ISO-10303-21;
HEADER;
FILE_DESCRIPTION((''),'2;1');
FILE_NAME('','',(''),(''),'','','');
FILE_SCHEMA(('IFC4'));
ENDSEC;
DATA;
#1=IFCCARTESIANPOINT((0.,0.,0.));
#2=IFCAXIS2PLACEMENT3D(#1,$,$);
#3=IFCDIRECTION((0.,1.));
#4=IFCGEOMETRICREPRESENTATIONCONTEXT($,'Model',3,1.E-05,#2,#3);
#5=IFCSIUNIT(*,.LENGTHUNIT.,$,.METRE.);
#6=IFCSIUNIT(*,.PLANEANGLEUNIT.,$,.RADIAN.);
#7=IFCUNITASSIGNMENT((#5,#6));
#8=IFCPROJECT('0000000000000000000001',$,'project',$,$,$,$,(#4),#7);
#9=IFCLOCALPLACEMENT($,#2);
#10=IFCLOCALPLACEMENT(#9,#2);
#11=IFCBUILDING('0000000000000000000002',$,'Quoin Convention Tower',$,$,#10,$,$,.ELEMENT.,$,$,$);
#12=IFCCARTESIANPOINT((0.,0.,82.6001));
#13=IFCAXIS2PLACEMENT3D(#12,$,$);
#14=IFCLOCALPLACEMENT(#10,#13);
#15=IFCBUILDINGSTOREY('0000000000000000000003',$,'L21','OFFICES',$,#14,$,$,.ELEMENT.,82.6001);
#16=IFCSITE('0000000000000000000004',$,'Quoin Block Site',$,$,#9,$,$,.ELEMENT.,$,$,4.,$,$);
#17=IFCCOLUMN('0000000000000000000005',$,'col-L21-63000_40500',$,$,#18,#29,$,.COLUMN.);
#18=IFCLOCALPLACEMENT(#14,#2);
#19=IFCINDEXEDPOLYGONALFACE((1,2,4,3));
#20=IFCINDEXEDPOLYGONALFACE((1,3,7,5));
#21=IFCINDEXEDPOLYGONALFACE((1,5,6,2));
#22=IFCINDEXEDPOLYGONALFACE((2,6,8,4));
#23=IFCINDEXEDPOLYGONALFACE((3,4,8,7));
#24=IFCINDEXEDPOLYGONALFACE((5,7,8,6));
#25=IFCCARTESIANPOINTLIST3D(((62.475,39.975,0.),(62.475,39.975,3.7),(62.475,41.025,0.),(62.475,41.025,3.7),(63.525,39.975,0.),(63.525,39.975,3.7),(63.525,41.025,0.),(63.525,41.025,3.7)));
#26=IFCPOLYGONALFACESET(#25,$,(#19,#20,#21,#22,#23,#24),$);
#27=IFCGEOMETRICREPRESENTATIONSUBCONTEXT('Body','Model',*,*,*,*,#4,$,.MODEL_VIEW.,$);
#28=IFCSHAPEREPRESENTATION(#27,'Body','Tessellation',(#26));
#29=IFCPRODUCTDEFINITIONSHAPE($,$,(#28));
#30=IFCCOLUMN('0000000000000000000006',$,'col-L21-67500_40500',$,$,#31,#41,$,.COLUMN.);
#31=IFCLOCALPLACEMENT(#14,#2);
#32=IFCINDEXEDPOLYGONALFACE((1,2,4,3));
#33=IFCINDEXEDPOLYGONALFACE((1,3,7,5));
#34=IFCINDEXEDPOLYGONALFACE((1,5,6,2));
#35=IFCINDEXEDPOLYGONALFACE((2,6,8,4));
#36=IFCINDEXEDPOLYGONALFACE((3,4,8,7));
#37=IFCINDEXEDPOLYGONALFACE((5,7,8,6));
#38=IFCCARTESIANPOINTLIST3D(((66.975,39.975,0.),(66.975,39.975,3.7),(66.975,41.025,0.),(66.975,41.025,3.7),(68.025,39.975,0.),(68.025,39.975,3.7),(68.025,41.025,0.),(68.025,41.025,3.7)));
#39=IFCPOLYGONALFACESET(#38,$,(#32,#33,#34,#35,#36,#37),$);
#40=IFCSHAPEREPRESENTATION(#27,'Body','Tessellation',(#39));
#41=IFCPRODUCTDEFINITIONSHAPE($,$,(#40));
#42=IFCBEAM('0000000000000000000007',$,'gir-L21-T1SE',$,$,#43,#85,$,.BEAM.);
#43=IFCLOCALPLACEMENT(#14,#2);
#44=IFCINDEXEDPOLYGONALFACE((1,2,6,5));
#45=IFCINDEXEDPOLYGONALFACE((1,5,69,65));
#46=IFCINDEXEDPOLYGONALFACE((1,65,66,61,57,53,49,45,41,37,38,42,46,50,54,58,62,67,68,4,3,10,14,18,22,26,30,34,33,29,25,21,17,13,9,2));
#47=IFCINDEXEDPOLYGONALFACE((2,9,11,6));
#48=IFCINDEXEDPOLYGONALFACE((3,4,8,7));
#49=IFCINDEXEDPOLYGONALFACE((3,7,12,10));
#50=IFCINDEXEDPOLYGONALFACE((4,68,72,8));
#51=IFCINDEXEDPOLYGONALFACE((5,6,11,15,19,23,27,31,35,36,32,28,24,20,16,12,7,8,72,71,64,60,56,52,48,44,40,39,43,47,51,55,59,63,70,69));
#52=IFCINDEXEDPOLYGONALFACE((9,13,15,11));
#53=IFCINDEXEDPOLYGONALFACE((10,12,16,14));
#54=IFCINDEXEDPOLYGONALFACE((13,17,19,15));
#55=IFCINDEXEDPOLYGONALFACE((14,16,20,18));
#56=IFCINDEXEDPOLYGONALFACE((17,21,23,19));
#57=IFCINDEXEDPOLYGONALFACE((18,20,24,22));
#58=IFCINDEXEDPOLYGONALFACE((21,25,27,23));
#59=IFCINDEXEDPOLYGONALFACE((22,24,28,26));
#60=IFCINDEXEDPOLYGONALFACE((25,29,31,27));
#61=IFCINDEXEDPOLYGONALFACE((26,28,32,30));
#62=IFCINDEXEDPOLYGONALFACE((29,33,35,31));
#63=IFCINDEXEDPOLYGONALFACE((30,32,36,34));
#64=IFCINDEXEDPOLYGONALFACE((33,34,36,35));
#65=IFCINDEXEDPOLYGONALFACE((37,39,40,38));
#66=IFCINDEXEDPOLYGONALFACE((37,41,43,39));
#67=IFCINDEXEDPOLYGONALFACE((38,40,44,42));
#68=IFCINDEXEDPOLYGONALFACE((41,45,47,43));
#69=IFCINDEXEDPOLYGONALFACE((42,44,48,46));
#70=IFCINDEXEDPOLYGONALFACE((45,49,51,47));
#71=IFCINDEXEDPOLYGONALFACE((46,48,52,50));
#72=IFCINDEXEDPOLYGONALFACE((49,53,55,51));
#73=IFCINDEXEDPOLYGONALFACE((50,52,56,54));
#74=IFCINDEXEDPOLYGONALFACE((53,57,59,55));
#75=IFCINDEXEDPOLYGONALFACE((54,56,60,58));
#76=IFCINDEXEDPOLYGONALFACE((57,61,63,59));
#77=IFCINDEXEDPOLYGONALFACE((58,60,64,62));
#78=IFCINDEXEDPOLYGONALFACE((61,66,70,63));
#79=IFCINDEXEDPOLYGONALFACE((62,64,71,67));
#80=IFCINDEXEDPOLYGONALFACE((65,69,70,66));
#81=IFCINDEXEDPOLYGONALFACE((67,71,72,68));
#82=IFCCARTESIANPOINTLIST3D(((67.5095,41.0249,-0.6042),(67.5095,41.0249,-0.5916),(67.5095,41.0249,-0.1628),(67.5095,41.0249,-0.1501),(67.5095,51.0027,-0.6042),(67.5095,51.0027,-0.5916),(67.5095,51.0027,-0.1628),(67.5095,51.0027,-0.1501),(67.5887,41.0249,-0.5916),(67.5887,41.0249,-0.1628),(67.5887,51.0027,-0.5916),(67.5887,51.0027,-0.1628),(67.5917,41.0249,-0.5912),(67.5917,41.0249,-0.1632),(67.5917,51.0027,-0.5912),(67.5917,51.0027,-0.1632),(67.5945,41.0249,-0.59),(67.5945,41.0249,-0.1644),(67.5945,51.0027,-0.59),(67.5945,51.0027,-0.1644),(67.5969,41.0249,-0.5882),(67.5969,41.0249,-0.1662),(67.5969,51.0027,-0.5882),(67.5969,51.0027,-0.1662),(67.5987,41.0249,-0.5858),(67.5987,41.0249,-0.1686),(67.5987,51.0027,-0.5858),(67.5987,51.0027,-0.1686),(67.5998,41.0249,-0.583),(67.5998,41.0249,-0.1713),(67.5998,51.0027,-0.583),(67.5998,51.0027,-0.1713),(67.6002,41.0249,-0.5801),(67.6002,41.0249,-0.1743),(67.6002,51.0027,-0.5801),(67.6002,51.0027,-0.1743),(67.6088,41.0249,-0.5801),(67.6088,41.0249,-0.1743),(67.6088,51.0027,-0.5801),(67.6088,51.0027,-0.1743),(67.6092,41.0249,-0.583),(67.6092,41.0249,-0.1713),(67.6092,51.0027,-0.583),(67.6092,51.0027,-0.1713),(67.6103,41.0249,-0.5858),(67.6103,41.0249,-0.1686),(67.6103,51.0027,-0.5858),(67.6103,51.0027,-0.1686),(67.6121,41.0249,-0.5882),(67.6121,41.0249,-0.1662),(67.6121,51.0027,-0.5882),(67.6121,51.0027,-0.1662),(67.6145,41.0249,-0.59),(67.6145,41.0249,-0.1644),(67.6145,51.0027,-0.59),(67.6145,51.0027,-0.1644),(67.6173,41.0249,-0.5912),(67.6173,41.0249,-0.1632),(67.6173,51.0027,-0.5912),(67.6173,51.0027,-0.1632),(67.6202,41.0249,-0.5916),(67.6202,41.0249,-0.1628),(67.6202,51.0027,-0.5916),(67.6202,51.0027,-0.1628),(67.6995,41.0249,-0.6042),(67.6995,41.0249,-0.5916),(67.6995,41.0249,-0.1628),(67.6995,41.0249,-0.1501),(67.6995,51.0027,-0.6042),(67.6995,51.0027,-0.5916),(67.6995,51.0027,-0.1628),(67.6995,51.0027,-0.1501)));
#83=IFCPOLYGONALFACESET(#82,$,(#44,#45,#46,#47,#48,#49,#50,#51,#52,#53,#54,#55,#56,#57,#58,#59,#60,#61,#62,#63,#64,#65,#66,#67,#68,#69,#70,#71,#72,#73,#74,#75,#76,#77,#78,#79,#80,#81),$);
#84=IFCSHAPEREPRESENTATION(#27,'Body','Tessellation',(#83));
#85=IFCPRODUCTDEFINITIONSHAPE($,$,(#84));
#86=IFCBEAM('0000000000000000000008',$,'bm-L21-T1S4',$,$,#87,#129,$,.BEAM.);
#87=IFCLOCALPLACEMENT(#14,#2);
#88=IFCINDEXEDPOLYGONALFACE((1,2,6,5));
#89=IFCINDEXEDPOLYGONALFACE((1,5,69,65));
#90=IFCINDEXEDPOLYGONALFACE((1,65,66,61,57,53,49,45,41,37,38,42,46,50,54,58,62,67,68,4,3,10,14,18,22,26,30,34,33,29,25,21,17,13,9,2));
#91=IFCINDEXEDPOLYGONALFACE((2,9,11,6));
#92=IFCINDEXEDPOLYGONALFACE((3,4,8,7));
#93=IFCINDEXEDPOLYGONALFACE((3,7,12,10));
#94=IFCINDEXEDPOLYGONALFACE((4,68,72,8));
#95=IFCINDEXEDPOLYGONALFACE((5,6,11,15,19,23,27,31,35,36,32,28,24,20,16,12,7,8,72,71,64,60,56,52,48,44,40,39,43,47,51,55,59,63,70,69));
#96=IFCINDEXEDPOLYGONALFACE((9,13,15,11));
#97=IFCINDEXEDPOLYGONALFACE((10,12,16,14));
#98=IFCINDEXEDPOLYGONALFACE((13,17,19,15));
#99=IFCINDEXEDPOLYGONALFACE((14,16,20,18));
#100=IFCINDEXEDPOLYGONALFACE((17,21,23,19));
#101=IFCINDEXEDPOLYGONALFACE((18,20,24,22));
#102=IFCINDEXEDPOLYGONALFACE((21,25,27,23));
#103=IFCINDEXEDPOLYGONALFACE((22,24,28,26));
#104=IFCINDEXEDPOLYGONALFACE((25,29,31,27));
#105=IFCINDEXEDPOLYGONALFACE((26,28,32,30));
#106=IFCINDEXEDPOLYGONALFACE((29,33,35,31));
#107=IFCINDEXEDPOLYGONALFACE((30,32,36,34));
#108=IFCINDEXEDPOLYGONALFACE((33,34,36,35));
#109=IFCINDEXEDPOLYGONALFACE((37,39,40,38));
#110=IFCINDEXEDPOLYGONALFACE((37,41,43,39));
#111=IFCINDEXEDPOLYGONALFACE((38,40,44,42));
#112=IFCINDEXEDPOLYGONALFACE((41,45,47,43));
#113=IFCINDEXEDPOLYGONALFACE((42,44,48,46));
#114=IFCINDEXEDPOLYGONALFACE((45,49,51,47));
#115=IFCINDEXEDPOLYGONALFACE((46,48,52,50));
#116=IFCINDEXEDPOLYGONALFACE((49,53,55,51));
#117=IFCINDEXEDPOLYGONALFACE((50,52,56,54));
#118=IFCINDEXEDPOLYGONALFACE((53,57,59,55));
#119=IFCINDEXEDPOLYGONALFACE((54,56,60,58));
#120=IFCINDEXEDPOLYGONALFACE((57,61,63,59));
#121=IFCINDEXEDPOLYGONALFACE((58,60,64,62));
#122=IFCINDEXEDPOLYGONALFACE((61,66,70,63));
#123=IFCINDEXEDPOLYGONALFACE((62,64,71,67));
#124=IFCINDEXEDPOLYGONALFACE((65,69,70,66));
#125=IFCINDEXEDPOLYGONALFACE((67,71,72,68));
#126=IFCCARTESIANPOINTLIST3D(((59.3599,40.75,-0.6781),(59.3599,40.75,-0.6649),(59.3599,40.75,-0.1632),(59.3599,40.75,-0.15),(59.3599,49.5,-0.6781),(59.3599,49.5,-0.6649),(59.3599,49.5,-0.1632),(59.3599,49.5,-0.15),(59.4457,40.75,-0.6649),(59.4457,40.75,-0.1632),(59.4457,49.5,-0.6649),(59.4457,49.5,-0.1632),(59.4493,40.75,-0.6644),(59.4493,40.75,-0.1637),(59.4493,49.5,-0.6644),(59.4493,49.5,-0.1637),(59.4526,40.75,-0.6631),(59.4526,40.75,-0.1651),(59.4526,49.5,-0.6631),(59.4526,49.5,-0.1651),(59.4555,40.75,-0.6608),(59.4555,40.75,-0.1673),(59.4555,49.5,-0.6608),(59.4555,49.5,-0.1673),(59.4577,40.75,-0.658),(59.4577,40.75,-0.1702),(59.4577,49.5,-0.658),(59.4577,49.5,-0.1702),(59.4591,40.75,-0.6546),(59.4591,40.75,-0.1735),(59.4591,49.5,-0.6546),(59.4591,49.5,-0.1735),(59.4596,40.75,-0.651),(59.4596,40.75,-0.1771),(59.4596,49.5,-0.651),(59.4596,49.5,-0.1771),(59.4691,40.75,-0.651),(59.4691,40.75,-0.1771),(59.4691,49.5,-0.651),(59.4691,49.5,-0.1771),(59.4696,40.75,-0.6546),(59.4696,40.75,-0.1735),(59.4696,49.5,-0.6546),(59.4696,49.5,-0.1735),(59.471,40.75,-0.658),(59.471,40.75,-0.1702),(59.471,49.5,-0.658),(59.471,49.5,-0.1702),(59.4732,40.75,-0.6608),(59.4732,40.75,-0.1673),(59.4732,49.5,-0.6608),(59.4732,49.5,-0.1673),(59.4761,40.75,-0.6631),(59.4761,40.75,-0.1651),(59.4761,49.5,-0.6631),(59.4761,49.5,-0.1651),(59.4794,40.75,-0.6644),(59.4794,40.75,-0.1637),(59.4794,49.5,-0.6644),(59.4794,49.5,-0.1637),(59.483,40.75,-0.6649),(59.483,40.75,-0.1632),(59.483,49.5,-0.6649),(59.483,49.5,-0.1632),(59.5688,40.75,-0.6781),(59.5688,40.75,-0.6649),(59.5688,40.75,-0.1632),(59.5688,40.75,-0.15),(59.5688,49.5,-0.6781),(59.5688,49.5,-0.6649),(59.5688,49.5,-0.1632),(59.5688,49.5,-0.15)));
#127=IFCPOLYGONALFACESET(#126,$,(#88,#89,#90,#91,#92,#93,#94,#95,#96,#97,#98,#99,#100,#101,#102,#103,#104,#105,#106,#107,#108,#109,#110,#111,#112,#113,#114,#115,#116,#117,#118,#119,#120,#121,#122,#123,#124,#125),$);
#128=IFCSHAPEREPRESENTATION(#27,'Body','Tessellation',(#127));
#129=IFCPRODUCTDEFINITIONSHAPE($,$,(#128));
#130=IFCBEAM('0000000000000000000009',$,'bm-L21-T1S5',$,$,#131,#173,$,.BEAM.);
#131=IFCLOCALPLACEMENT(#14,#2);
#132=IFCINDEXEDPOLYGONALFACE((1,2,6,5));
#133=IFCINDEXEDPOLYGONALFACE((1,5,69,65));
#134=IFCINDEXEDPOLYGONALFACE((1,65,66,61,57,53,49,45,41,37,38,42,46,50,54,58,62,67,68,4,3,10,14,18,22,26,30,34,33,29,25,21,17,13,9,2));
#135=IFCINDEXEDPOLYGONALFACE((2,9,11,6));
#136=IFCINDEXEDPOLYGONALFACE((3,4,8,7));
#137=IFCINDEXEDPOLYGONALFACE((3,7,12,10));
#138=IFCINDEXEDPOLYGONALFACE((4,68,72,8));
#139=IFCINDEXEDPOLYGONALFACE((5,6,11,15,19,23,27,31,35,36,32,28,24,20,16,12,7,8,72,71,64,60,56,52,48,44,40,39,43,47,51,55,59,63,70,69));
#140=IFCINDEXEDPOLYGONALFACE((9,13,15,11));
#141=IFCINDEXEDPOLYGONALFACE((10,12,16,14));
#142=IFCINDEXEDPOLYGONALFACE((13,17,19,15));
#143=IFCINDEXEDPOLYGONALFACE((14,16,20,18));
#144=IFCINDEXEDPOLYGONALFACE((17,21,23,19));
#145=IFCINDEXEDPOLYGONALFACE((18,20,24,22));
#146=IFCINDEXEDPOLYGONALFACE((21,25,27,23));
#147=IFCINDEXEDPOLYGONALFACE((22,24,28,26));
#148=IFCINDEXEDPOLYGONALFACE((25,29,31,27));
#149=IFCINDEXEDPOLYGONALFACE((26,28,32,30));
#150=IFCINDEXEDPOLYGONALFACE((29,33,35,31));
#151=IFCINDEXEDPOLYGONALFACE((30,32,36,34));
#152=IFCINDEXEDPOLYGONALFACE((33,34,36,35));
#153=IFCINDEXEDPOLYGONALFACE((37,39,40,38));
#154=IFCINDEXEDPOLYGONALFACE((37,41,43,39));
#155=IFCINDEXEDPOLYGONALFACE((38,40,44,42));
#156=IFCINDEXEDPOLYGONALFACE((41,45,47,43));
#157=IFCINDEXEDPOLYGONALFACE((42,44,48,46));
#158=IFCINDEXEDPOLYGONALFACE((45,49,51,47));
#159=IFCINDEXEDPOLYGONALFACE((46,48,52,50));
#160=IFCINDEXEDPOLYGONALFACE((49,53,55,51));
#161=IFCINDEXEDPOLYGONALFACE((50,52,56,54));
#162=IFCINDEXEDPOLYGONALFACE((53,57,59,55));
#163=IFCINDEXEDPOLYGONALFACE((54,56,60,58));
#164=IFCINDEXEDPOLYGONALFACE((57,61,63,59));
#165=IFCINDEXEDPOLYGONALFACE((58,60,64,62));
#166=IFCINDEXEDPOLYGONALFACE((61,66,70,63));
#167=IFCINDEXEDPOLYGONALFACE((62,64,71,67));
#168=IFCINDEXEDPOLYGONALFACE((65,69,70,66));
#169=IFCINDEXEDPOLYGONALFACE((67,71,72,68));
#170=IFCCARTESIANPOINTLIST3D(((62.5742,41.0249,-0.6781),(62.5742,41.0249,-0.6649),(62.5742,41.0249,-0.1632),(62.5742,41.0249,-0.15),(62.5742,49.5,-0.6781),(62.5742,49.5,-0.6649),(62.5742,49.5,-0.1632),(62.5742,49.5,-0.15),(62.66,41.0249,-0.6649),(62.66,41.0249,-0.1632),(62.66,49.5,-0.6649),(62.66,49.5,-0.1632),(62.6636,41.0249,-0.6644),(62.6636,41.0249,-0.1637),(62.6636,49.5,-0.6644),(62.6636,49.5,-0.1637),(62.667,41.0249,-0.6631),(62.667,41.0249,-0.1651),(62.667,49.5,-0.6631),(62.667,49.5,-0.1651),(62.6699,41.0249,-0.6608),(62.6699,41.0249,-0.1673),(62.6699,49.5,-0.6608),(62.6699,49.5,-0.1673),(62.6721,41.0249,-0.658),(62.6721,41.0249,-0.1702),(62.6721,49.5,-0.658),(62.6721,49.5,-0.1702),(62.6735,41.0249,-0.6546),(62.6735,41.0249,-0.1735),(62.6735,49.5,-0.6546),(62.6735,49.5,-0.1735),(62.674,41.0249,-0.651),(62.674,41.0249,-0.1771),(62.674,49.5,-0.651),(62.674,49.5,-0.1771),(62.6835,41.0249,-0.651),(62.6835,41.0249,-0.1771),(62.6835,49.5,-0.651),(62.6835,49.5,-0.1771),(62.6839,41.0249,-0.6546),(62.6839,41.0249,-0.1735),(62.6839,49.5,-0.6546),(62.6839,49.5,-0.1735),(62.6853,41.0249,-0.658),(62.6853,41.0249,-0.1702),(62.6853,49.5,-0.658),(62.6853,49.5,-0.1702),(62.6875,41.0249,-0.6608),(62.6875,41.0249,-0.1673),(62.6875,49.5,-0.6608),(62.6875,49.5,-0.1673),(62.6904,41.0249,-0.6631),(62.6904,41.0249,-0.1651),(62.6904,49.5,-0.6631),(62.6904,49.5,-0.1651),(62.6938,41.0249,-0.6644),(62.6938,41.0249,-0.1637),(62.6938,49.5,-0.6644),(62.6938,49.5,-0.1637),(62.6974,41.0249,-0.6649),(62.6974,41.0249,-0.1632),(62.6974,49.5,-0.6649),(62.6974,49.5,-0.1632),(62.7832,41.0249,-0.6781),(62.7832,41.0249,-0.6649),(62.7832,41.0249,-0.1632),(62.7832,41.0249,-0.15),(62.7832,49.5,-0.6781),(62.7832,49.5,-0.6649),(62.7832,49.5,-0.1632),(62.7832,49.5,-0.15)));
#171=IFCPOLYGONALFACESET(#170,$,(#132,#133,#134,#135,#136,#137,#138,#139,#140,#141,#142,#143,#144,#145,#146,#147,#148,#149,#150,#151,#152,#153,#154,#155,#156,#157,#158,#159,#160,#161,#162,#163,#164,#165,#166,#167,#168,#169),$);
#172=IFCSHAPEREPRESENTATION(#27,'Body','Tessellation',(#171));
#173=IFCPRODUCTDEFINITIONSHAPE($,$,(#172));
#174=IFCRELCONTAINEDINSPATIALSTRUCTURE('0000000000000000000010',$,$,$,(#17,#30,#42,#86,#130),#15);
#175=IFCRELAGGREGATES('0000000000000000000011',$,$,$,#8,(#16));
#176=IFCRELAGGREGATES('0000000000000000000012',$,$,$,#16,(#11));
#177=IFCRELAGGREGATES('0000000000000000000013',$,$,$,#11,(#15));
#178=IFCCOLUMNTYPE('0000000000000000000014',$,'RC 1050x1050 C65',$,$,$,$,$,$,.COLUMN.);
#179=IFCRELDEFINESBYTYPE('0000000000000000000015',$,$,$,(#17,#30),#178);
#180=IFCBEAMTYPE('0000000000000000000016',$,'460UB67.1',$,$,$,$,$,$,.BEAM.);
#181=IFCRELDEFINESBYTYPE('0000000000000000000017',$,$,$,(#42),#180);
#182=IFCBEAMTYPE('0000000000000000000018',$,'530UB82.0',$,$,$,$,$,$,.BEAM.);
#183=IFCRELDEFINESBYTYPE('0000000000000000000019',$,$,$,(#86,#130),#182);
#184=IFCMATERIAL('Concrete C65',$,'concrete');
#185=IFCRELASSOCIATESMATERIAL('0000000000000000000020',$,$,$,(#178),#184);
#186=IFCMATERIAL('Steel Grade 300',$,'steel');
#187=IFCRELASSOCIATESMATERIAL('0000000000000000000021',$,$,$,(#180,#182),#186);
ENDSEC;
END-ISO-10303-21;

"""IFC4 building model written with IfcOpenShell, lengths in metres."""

from ifc_helpers import new_model, si_unit, direction, frame, origin, origin_2d, place, context, subcontext, project, spatial, rectangle, i_section, extrude, material, material_profile, profile_set, type_object, element, save


model = new_model("IFC4")

# Units and contexts
model_context = context("Model", 3, precision=1e-05, world=origin(), true_north=direction((0.0, 1.0)))
body_context = subcontext(model_context, "Body", "Model", "MODEL_VIEW")
ifc_project = project(units=[si_unit("LENGTHUNIT", "METRE"), si_unit("PLANEANGLEUNIT", "RADIAN")], contexts=[model_context])

# Site, building, storey
site_placement = place(None, origin())
site = spatial("IfcSite", under=ifc_project, at=site_placement, Name="Quoin Block Site", CompositionType="ELEMENT", RefElevation=4.0)
building_placement = place(site_placement, origin())
building = spatial("IfcBuilding", under=site, at=building_placement, Name="Quoin Convention Tower", CompositionType="ELEMENT")
storey_placement = place(building_placement, frame((0.0, 0.0, 82.6001)))
storey = spatial("IfcBuildingStorey", under=building, at=storey_placement, Name="L21", Description="OFFICES", CompositionType="ELEMENT", Elevation=82.6001)

# Columns
ifc_material_1 = material(Name="Concrete C65", Category="concrete")
ifc_material_profile_1 = material_profile(ifc_material_1, rectangle(XDim=1.05, YDim=1.05, at=origin_2d()), Name="RC 1050x1050")
ifc_profile_set_1 = profile_set([ifc_material_profile_1], Name="Concrete C65")
column_type = type_object("IfcColumnType", Name="RC 1050x1050 C65", PredefinedType="COLUMN", material=ifc_profile_set_1)
for number, where, z_axis, x_axis, name in (
    (1, (63.0, 40.5, 0.0), (0.0, 0.0, 1.0), (1.0, 0.0, 0.0), "col-L21-63000_40500"),
    (2, (67.5, 40.5, 0.0), (0.0, 0.0, 1.0), (1.0, 0.0, 0.0), "col-L21-67500_40500"),
):
    element("IfcColumn", number, at=place(storey_placement, frame(where, z_axis=z_axis, x_axis=x_axis)), inside=storey, type_object=column_type, Name=name, PredefinedType="COLUMN", context=body_context, shape_type="SweptSolid", body=[
        extrude(rectangle(XDim=1.05, YDim=1.05, at=origin_2d()), origin(), (0.0, 0.0, 1.0), 3.7),
    ])

# Beams
ifc_material_2 = material(Name="Steel Grade 300", Category="steel")
ifc_material_profile_2 = material_profile(ifc_material_2, i_section(OverallWidth=0.1899, OverallDepth=0.4541, WebThickness=0.0085, FlangeThickness=0.0127, FilletRadius=0.0115, at=origin_2d()), Name="460UB67.1")
ifc_profile_set_2 = profile_set([ifc_material_profile_2], Name="Steel Grade 300")
beam_type_1 = type_object("IfcBeamType", Name="460UB67.1", PredefinedType="BEAM", material=ifc_profile_set_2)
beam_1_placement = place(storey_placement, frame((67.6045, 41.0249, -0.3772), z_axis=(0.0, 1.0, 0.0), x_axis=(-1.0, 0.0, 0.0)))
element("IfcBeam", 3, at=beam_1_placement, inside=storey, type_object=beam_type_1, Name="gir-L21-T1SE", PredefinedType="BEAM", context=body_context, shape_type="SweptSolid", body=[
    extrude(i_section(OverallWidth=0.1899, OverallDepth=0.4541, WebThickness=0.0085, FlangeThickness=0.0127, FilletRadius=0.0115, at=origin_2d()), origin(), (0.0, 0.0, 1.0), 9.9778),
])
ifc_material_profile_3 = material_profile(ifc_material_2, i_section(OverallWidth=0.209, OverallDepth=0.5281, WebThickness=0.0095, FlangeThickness=0.0132, FilletRadius=0.0139, at=origin_2d()), Name="530UB82.0")
ifc_profile_set_3 = profile_set([ifc_material_profile_3], Name="Steel Grade 300")
beam_type_2 = type_object("IfcBeamType", Name="530UB82.0", PredefinedType="BEAM", material=ifc_profile_set_3)
beam_2_placement = place(storey_placement, frame((59.4644, 40.75, -0.4141), z_axis=(0.0, 1.0, 0.0), x_axis=(-1.0, 0.0, 0.0)))
element("IfcBeam", 4, at=beam_2_placement, inside=storey, type_object=beam_type_2, Name="bm-L21-T1S4", PredefinedType="BEAM", context=body_context, shape_type="SweptSolid", body=[
    extrude(i_section(OverallWidth=0.209, OverallDepth=0.5281, WebThickness=0.0095, FlangeThickness=0.0132, FilletRadius=0.0139, at=origin_2d()), origin(), (0.0, 0.0, 1.0), 8.75),
])
beam_3_placement = place(storey_placement, frame((62.6787, 41.0249, -0.4141), z_axis=(0.0, 1.0, 0.0), x_axis=(-1.0, 0.0, 0.0)))
element("IfcBeam", 5, at=beam_3_placement, inside=storey, type_object=beam_type_2, Name="bm-L21-T1S5", PredefinedType="BEAM", context=body_context, shape_type="SweptSolid", body=[
    extrude(i_section(OverallWidth=0.209, OverallDepth=0.5281, WebThickness=0.0095, FlangeThickness=0.0132, FilletRadius=0.0139, at=origin_2d()), origin(), (0.0, 0.0, 1.0), 8.4751),
])

save(model, "model.ifc")
